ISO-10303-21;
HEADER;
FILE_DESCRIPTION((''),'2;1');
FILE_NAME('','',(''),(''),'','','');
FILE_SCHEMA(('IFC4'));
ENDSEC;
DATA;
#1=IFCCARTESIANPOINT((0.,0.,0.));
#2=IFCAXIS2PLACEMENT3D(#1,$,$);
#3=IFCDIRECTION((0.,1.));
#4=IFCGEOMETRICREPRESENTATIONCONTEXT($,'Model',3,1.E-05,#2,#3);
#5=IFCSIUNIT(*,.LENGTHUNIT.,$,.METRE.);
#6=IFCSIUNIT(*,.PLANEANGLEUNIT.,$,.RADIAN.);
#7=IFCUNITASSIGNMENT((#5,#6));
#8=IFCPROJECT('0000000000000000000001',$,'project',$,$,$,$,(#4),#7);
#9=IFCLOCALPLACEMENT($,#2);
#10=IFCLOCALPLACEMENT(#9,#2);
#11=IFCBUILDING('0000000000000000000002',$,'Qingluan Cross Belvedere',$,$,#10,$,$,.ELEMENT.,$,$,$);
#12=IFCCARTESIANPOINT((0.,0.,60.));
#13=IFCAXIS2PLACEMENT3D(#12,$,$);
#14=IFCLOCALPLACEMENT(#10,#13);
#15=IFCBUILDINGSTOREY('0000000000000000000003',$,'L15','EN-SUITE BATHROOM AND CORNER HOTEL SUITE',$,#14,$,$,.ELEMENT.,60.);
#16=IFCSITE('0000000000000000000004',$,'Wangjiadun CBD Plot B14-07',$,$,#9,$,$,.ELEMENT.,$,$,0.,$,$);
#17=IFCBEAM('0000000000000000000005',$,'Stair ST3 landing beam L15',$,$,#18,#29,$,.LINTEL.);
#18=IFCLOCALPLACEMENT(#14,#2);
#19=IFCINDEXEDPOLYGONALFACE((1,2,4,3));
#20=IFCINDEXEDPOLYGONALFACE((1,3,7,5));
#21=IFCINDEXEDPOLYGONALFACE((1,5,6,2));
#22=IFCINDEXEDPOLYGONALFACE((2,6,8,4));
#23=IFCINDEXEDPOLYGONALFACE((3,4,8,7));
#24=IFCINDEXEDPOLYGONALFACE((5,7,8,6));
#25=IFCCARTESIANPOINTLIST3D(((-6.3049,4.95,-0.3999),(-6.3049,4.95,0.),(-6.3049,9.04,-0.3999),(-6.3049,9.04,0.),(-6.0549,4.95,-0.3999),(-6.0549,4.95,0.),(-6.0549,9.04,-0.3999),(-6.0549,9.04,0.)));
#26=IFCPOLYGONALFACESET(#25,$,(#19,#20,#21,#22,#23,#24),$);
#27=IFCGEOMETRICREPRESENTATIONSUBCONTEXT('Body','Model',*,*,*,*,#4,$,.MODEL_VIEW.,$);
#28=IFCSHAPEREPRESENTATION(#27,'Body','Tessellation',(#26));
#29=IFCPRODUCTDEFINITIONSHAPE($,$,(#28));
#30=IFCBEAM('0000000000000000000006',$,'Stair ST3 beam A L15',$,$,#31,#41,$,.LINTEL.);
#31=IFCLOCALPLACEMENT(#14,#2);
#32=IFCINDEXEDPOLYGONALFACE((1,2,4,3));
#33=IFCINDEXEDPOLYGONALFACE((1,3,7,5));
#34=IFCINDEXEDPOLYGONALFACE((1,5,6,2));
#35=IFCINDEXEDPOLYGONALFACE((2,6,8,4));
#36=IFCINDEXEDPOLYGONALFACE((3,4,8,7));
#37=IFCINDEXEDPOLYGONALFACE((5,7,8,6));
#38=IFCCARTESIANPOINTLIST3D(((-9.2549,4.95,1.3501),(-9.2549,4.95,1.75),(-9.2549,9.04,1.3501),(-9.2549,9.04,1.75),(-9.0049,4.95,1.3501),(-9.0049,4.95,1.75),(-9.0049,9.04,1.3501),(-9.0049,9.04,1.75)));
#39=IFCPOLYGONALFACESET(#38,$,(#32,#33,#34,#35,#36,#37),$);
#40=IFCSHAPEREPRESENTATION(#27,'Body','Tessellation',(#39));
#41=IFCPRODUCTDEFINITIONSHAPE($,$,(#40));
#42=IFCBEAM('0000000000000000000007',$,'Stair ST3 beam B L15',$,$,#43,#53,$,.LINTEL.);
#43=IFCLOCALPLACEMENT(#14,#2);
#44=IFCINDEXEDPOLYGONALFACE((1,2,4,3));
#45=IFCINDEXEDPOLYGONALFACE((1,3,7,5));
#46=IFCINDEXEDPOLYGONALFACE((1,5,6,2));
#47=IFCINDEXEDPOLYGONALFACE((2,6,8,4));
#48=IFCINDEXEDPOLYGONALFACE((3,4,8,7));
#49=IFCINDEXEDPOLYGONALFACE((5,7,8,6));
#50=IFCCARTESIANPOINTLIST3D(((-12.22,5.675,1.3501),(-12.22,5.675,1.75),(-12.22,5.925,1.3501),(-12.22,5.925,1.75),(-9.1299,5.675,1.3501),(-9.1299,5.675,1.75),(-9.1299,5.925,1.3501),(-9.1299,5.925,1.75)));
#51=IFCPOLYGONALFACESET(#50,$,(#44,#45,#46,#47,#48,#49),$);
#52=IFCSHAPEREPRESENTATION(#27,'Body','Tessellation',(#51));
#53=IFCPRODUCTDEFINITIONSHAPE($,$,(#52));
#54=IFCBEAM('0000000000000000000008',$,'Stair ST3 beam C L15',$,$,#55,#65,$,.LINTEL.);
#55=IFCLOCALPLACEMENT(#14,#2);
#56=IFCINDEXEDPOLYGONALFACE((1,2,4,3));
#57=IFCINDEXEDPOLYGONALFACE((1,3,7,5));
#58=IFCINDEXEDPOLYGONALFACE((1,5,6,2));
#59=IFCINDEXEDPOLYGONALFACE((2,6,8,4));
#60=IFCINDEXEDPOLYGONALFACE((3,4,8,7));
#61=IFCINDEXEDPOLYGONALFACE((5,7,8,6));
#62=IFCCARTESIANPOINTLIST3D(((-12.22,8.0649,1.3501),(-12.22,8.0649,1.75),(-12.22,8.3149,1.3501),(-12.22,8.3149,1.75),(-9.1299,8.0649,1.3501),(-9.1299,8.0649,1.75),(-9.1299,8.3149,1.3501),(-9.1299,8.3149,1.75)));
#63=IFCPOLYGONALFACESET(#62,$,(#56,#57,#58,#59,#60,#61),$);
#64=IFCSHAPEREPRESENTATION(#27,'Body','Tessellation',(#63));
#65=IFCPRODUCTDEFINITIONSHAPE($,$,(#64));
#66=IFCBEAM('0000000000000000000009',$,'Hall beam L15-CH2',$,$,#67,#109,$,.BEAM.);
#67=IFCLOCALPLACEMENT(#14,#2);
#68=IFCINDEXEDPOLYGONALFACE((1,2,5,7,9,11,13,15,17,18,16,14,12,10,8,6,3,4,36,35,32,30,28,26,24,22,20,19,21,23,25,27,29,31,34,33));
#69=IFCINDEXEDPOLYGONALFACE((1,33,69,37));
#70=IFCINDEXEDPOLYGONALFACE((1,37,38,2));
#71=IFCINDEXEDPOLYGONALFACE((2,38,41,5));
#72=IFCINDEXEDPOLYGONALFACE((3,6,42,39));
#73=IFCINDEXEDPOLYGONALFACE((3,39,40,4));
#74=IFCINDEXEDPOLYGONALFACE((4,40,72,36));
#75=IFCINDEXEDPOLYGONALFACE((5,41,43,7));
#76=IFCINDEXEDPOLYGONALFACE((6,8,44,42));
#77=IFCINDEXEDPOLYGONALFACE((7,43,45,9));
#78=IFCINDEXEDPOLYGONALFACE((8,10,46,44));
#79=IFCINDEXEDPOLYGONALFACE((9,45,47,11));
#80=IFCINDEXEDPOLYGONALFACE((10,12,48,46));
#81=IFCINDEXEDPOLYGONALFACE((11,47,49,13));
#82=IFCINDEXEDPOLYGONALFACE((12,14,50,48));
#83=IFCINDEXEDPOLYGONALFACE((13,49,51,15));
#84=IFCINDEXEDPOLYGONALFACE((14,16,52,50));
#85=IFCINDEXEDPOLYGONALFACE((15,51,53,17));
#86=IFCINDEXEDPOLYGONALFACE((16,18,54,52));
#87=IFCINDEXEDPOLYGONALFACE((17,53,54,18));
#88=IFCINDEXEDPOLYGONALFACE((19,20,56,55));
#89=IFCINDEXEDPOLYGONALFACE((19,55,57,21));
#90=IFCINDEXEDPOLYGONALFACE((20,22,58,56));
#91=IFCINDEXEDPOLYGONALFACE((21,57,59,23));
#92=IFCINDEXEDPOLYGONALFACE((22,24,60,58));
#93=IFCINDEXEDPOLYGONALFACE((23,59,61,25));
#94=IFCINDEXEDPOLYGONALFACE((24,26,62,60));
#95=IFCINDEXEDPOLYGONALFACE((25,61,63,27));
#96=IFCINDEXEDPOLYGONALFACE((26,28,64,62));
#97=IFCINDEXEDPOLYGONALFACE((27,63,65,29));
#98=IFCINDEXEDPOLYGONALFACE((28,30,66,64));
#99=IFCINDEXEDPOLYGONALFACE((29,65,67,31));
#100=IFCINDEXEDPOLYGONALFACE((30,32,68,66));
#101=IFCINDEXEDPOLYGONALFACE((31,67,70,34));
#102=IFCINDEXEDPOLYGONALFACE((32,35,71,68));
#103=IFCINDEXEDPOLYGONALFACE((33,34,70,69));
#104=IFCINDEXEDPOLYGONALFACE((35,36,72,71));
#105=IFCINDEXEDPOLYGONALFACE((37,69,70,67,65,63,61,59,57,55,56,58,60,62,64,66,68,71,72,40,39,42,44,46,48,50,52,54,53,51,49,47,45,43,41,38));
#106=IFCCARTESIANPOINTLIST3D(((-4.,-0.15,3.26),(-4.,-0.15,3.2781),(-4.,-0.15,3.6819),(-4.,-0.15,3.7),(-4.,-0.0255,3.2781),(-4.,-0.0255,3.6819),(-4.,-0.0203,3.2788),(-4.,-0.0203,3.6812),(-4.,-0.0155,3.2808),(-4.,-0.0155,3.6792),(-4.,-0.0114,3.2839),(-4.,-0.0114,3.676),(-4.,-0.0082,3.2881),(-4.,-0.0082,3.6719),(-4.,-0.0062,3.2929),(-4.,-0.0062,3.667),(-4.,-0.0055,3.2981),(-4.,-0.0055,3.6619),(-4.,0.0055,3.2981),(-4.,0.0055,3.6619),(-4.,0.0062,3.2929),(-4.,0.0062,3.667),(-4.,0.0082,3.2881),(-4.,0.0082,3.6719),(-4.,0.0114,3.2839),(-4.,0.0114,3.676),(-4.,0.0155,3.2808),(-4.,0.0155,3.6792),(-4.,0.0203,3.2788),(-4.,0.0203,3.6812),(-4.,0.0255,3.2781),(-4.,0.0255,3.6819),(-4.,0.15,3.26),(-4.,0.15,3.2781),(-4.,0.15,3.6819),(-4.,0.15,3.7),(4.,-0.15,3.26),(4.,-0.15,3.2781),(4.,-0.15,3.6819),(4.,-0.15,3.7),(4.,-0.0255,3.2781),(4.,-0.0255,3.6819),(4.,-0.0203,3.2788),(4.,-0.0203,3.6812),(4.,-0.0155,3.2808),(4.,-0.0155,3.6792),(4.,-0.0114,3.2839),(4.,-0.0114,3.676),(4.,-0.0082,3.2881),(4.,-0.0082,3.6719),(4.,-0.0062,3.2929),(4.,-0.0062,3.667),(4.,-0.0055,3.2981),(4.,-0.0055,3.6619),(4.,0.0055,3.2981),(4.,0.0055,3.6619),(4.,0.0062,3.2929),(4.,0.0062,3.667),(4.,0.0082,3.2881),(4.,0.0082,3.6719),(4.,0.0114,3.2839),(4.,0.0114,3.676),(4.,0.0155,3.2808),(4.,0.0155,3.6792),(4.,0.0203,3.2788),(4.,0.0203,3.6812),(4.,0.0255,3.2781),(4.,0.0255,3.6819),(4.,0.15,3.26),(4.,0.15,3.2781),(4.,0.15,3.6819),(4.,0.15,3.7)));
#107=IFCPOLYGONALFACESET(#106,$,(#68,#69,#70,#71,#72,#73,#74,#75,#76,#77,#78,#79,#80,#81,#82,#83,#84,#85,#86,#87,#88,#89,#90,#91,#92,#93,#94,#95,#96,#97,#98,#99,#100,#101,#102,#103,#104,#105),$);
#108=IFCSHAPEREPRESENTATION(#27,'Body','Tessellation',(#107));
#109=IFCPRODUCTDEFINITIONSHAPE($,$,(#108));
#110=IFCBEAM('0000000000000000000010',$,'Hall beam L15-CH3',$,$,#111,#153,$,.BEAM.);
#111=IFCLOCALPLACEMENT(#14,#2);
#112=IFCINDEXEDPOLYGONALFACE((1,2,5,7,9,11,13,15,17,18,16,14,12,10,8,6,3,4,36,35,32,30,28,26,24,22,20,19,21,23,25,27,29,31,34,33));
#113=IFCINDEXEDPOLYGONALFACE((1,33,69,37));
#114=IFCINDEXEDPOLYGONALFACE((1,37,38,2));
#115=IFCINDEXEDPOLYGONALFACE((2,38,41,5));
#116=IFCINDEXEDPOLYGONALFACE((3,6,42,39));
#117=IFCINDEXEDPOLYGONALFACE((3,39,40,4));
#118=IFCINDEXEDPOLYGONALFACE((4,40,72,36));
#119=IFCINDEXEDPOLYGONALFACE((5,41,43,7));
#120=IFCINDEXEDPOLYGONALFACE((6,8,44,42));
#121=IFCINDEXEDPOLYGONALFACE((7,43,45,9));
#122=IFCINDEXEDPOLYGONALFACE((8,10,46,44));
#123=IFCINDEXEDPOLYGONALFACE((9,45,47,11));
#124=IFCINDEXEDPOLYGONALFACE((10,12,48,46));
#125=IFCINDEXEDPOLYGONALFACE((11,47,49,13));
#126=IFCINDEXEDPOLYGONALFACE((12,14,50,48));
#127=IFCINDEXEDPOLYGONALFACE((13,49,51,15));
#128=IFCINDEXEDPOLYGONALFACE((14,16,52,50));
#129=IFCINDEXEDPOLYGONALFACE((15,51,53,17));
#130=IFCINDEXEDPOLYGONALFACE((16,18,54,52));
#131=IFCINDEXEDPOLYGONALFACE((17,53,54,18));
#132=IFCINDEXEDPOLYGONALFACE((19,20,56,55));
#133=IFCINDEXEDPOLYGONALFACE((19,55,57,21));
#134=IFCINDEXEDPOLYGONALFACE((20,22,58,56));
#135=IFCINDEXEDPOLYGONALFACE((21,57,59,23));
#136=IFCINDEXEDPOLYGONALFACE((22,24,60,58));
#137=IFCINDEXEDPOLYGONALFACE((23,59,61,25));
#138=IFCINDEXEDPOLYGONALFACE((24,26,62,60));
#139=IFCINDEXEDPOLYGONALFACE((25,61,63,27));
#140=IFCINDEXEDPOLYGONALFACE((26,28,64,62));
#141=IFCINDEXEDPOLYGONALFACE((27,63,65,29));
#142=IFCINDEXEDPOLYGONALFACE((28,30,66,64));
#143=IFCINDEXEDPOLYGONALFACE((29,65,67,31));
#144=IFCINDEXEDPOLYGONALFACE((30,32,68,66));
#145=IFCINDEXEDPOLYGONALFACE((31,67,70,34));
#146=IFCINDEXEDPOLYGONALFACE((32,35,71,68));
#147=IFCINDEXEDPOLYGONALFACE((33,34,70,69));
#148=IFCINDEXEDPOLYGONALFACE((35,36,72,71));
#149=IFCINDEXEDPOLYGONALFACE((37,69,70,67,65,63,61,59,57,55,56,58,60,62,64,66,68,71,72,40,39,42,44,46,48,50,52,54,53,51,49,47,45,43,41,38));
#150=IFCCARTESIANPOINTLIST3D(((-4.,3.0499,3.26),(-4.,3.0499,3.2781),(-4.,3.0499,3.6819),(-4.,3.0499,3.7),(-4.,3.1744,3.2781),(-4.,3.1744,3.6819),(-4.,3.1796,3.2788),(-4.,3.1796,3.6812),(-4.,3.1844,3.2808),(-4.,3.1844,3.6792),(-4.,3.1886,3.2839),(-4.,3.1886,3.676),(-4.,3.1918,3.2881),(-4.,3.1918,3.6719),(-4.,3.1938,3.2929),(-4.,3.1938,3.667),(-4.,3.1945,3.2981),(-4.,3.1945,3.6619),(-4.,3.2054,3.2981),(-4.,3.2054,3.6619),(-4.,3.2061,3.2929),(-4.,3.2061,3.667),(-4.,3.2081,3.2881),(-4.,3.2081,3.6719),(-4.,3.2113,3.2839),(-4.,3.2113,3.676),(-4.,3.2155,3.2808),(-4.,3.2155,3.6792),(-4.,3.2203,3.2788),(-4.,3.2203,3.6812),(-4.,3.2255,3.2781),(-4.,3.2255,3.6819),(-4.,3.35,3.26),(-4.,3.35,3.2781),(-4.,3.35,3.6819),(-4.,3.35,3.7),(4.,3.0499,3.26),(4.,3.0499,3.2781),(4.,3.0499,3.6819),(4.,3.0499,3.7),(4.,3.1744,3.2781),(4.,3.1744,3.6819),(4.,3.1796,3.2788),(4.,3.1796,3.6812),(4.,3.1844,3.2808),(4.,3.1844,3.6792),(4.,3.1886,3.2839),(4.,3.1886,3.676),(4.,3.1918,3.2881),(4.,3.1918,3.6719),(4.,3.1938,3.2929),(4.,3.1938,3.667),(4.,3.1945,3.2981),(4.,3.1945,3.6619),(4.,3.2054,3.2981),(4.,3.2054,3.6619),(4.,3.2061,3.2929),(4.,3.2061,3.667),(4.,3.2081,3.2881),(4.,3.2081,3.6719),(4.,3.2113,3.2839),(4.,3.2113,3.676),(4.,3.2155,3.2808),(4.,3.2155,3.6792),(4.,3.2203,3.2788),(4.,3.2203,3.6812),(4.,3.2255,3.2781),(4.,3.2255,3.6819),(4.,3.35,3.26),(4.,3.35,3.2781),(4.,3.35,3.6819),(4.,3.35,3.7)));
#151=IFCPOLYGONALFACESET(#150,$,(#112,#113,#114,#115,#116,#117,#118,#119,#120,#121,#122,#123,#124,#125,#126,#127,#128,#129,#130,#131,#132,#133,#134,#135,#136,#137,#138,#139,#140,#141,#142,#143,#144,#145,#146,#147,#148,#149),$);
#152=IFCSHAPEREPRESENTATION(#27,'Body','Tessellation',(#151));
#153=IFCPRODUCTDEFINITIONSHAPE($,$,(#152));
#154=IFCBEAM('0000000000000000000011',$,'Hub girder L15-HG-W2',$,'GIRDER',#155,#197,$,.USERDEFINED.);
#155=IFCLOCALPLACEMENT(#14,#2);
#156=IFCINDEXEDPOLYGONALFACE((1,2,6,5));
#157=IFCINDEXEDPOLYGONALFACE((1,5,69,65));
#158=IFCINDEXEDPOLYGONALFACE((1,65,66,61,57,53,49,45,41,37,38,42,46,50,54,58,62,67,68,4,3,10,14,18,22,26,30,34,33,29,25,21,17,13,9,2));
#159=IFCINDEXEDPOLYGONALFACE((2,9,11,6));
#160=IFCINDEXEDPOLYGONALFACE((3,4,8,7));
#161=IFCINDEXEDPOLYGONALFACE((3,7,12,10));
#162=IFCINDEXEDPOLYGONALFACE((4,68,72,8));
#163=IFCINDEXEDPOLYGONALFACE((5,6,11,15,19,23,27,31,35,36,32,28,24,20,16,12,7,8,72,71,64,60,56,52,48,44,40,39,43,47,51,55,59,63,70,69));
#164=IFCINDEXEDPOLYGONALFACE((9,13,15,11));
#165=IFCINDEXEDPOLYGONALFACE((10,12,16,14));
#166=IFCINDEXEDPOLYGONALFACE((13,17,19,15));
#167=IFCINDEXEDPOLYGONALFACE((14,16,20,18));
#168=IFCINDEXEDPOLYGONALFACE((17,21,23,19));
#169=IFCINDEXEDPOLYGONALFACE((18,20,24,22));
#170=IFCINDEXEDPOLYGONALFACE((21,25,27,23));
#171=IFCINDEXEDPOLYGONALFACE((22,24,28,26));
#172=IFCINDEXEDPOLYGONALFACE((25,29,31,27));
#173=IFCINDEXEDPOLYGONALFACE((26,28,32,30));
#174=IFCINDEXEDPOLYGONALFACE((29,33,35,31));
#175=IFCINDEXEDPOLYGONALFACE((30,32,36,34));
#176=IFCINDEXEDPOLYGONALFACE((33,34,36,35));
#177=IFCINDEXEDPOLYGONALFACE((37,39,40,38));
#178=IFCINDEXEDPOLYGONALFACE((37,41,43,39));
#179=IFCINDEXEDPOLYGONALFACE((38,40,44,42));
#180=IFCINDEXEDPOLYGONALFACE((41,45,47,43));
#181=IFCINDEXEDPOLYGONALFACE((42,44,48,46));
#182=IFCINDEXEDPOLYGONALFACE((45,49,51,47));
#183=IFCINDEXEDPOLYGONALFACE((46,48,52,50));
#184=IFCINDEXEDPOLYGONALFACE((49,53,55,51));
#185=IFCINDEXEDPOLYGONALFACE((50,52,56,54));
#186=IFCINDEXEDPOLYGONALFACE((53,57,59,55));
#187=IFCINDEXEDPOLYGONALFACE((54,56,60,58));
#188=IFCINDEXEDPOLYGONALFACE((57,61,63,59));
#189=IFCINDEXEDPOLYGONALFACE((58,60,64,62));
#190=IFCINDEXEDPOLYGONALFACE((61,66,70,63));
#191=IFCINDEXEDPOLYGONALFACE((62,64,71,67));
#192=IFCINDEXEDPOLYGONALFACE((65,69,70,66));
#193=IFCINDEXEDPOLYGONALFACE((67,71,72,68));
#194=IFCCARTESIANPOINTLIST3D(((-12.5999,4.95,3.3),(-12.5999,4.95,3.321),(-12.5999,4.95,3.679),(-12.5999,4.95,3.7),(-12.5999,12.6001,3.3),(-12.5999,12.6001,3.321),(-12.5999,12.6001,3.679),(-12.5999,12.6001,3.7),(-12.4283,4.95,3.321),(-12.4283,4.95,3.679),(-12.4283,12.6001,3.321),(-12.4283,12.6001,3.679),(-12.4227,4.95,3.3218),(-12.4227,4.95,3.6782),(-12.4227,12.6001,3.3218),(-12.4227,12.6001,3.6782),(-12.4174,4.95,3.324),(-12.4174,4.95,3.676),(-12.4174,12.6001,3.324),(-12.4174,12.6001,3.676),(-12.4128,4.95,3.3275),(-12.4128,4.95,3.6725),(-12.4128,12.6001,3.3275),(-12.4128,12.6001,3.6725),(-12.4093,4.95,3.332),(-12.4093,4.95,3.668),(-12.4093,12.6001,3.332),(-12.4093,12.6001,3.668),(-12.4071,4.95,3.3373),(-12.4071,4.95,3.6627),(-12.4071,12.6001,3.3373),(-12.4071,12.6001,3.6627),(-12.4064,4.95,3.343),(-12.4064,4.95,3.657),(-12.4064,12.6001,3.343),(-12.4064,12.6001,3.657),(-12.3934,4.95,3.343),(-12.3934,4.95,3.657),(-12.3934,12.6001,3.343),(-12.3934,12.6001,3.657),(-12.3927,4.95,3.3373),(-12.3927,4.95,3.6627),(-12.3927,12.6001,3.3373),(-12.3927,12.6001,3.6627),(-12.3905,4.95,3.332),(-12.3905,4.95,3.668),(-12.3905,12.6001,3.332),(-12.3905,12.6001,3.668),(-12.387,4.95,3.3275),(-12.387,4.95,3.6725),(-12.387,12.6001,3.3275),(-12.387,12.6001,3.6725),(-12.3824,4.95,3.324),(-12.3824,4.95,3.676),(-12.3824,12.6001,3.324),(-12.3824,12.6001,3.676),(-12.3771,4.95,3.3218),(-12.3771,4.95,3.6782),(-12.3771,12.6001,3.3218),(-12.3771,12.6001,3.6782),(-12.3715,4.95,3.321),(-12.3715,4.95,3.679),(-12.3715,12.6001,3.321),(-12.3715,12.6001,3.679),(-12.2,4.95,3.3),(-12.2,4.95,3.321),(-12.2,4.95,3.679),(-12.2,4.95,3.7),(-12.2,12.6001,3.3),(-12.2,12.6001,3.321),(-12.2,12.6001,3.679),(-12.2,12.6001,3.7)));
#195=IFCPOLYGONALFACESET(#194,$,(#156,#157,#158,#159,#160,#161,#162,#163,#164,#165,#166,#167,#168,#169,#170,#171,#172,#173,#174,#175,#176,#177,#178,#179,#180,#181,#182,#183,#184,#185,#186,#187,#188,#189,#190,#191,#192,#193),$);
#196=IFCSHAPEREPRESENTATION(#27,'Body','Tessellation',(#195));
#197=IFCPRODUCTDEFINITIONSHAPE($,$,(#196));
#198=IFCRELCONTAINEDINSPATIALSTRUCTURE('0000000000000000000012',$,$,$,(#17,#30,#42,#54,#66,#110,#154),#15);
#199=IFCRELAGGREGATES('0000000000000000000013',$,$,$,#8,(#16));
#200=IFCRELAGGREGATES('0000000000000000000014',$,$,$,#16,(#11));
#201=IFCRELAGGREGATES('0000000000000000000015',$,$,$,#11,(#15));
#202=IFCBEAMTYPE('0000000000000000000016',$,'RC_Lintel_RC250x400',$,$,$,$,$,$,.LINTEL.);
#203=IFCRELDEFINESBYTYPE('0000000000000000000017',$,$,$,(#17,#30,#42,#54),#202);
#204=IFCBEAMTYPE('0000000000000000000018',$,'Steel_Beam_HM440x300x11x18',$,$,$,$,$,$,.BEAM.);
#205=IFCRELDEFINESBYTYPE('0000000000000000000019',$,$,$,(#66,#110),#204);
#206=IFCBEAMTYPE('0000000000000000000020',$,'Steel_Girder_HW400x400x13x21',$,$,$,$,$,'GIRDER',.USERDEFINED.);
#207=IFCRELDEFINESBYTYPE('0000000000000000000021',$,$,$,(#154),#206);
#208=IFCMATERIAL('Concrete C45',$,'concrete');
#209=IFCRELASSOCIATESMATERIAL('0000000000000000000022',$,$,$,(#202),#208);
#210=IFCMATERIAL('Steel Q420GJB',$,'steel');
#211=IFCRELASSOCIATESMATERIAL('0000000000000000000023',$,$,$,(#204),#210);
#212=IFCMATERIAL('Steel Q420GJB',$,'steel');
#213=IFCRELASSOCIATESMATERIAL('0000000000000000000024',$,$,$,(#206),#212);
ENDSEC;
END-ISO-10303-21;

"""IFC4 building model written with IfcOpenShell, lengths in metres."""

from ifc_helpers import new_model, si_unit, direction, frame, origin, origin_2d, place, context, subcontext, project, spatial, rectangle, i_section, extrude, material, material_profile, profile_set, type_object, element, save


model = new_model("IFC4")

# Units and contexts
model_context = context("Model", 3, precision=1e-05, world=origin(), true_north=direction((0.0, 1.0)))
body_context = subcontext(model_context, "Body", "Model", "MODEL_VIEW")
ifc_project = project(units=[si_unit("LENGTHUNIT", "METRE"), si_unit("PLANEANGLEUNIT", "RADIAN")], contexts=[model_context])

# Site, building, storey
site_placement = place(None, origin())
site = spatial("IfcSite", under=ifc_project, at=site_placement, Name="Wangjiadun CBD Plot B14-07", CompositionType="ELEMENT", RefElevation=0.0)
building_placement = place(site_placement, origin())
building = spatial("IfcBuilding", under=site, at=building_placement, Name="Qingluan Cross Belvedere", CompositionType="ELEMENT")
storey_placement = place(building_placement, frame((0.0, 0.0, 60.0)))
storey = spatial("IfcBuildingStorey", under=building, at=storey_placement, Name="L15", Description="EN-SUITE BATHROOM AND CORNER HOTEL SUITE", CompositionType="ELEMENT", Elevation=60.0)

# Beams
ifc_material_1 = material(Name="Concrete C45", Category="concrete")
ifc_material_profile_1 = material_profile(ifc_material_1, rectangle(XDim=0.25, YDim=0.3999, at=origin_2d()), Name="RC250x400")
ifc_profile_set_1 = profile_set([ifc_material_profile_1], Name="Concrete C45")
beam_type_1 = type_object("IfcBeamType", Name="RC_Lintel_RC250x400", PredefinedType="LINTEL", material=ifc_profile_set_1)
for number, where, z_axis, x_axis, name in (
    (1, (-6.1799, 4.95, -0.2), (0.0, 1.0, 0.0), (-1.0, 0.0, 0.0), "Stair ST3 landing beam L15"),
    (2, (-9.1299, 4.95, 1.55), (0.0, 1.0, 0.0), (-1.0, 0.0, 0.0), "Stair ST3 beam A L15"),
):
    element("IfcBeam", number, at=place(storey_placement, frame(where, z_axis=z_axis, x_axis=x_axis)), inside=storey, type_object=beam_type_1, Name=name, PredefinedType="LINTEL", context=body_context, shape_type="SweptSolid", body=[
        extrude(rectangle(XDim=0.25, YDim=0.3999, at=origin_2d()), origin(), (0.0, 0.0, 1.0), 4.0901),
    ])
for number, where, z_axis, x_axis, name in (
    (3, (-12.22, 5.8, 1.55), (1.0, 0.0, 0.0), (0.0, 1.0, 0.0), "Stair ST3 beam B L15"),
    (4, (-12.22, 8.1899, 1.55), (1.0, 0.0, 0.0), (0.0, 1.0, 0.0), "Stair ST3 beam C L15"),
):
    element("IfcBeam", number, at=place(storey_placement, frame(where, z_axis=z_axis, x_axis=x_axis)), inside=storey, type_object=beam_type_1, Name=name, PredefinedType="LINTEL", context=body_context, shape_type="SweptSolid", body=[
        extrude(rectangle(XDim=0.25, YDim=0.3999, at=origin_2d()), origin(), (0.0, 0.0, 1.0), 3.0901),
    ])
ifc_material_2 = material(Name="Steel Q420GJB", Category="steel")
ifc_material_profile_2 = material_profile(ifc_material_2, i_section(OverallWidth=0.3, OverallDepth=0.4399, WebThickness=0.011, FlangeThickness=0.0181, FilletRadius=0.02, at=origin_2d()), Name="HM440x300x11x18")
ifc_profile_set_2 = profile_set([ifc_material_profile_2], Name="Steel Q420GJB")
beam_type_2 = type_object("IfcBeamType", Name="Steel_Beam_HM440x300x11x18", PredefinedType="BEAM", material=ifc_profile_set_2)
for number, where, z_axis, x_axis, name in (
    (5, (-4.0, 0.0, 3.48), (1.0, 0.0, 0.0), (0.0, 1.0, 0.0), "Hall beam L15-CH2"),
    (6, (-4.0, 3.2, 3.48), (1.0, 0.0, 0.0), (0.0, 1.0, 0.0), "Hall beam L15-CH3"),
):
    element("IfcBeam", number, at=place(storey_placement, frame(where, z_axis=z_axis, x_axis=x_axis)), inside=storey, type_object=beam_type_2, Name=name, PredefinedType="BEAM", context=body_context, shape_type="SweptSolid", body=[
        extrude(i_section(OverallWidth=0.3, OverallDepth=0.4399, WebThickness=0.011, FlangeThickness=0.0181, FilletRadius=0.02, at=origin_2d()), origin(), (0.0, 0.0, 1.0), 8.0),
    ])
ifc_material_3 = material(Name="Steel Q420GJB", Category="steel")
ifc_material_profile_3 = material_profile(ifc_material_3, i_section(OverallWidth=0.3999, OverallDepth=0.3999, WebThickness=0.0129, FlangeThickness=0.021, FilletRadius=0.022, at=origin_2d()), Name="HW400x400x13x21")
ifc_profile_set_3 = profile_set([ifc_material_profile_3], Name="Steel Q420GJB")
beam_type_3 = type_object("IfcBeamType", Name="Steel_Girder_HW400x400x13x21", ElementType="GIRDER", PredefinedType="USERDEFINED", material=ifc_profile_set_3)
beam_1_placement = place(storey_placement, frame((-12.3999, 4.95, 3.5), z_axis=(0.0, 1.0, 0.0), x_axis=(-1.0, 0.0, 0.0)))
element("IfcBeam", 7, at=beam_1_placement, inside=storey, type_object=beam_type_3, Name="Hub girder L15-HG-W2", ObjectType="GIRDER", PredefinedType="USERDEFINED", context=body_context, shape_type="SweptSolid", body=[
    extrude(i_section(OverallWidth=0.3999, OverallDepth=0.3999, WebThickness=0.0129, FlangeThickness=0.021, FilletRadius=0.022, at=origin_2d()), origin(), (0.0, 0.0, 1.0), 7.6501),
])

save(model, "model.ifc")
